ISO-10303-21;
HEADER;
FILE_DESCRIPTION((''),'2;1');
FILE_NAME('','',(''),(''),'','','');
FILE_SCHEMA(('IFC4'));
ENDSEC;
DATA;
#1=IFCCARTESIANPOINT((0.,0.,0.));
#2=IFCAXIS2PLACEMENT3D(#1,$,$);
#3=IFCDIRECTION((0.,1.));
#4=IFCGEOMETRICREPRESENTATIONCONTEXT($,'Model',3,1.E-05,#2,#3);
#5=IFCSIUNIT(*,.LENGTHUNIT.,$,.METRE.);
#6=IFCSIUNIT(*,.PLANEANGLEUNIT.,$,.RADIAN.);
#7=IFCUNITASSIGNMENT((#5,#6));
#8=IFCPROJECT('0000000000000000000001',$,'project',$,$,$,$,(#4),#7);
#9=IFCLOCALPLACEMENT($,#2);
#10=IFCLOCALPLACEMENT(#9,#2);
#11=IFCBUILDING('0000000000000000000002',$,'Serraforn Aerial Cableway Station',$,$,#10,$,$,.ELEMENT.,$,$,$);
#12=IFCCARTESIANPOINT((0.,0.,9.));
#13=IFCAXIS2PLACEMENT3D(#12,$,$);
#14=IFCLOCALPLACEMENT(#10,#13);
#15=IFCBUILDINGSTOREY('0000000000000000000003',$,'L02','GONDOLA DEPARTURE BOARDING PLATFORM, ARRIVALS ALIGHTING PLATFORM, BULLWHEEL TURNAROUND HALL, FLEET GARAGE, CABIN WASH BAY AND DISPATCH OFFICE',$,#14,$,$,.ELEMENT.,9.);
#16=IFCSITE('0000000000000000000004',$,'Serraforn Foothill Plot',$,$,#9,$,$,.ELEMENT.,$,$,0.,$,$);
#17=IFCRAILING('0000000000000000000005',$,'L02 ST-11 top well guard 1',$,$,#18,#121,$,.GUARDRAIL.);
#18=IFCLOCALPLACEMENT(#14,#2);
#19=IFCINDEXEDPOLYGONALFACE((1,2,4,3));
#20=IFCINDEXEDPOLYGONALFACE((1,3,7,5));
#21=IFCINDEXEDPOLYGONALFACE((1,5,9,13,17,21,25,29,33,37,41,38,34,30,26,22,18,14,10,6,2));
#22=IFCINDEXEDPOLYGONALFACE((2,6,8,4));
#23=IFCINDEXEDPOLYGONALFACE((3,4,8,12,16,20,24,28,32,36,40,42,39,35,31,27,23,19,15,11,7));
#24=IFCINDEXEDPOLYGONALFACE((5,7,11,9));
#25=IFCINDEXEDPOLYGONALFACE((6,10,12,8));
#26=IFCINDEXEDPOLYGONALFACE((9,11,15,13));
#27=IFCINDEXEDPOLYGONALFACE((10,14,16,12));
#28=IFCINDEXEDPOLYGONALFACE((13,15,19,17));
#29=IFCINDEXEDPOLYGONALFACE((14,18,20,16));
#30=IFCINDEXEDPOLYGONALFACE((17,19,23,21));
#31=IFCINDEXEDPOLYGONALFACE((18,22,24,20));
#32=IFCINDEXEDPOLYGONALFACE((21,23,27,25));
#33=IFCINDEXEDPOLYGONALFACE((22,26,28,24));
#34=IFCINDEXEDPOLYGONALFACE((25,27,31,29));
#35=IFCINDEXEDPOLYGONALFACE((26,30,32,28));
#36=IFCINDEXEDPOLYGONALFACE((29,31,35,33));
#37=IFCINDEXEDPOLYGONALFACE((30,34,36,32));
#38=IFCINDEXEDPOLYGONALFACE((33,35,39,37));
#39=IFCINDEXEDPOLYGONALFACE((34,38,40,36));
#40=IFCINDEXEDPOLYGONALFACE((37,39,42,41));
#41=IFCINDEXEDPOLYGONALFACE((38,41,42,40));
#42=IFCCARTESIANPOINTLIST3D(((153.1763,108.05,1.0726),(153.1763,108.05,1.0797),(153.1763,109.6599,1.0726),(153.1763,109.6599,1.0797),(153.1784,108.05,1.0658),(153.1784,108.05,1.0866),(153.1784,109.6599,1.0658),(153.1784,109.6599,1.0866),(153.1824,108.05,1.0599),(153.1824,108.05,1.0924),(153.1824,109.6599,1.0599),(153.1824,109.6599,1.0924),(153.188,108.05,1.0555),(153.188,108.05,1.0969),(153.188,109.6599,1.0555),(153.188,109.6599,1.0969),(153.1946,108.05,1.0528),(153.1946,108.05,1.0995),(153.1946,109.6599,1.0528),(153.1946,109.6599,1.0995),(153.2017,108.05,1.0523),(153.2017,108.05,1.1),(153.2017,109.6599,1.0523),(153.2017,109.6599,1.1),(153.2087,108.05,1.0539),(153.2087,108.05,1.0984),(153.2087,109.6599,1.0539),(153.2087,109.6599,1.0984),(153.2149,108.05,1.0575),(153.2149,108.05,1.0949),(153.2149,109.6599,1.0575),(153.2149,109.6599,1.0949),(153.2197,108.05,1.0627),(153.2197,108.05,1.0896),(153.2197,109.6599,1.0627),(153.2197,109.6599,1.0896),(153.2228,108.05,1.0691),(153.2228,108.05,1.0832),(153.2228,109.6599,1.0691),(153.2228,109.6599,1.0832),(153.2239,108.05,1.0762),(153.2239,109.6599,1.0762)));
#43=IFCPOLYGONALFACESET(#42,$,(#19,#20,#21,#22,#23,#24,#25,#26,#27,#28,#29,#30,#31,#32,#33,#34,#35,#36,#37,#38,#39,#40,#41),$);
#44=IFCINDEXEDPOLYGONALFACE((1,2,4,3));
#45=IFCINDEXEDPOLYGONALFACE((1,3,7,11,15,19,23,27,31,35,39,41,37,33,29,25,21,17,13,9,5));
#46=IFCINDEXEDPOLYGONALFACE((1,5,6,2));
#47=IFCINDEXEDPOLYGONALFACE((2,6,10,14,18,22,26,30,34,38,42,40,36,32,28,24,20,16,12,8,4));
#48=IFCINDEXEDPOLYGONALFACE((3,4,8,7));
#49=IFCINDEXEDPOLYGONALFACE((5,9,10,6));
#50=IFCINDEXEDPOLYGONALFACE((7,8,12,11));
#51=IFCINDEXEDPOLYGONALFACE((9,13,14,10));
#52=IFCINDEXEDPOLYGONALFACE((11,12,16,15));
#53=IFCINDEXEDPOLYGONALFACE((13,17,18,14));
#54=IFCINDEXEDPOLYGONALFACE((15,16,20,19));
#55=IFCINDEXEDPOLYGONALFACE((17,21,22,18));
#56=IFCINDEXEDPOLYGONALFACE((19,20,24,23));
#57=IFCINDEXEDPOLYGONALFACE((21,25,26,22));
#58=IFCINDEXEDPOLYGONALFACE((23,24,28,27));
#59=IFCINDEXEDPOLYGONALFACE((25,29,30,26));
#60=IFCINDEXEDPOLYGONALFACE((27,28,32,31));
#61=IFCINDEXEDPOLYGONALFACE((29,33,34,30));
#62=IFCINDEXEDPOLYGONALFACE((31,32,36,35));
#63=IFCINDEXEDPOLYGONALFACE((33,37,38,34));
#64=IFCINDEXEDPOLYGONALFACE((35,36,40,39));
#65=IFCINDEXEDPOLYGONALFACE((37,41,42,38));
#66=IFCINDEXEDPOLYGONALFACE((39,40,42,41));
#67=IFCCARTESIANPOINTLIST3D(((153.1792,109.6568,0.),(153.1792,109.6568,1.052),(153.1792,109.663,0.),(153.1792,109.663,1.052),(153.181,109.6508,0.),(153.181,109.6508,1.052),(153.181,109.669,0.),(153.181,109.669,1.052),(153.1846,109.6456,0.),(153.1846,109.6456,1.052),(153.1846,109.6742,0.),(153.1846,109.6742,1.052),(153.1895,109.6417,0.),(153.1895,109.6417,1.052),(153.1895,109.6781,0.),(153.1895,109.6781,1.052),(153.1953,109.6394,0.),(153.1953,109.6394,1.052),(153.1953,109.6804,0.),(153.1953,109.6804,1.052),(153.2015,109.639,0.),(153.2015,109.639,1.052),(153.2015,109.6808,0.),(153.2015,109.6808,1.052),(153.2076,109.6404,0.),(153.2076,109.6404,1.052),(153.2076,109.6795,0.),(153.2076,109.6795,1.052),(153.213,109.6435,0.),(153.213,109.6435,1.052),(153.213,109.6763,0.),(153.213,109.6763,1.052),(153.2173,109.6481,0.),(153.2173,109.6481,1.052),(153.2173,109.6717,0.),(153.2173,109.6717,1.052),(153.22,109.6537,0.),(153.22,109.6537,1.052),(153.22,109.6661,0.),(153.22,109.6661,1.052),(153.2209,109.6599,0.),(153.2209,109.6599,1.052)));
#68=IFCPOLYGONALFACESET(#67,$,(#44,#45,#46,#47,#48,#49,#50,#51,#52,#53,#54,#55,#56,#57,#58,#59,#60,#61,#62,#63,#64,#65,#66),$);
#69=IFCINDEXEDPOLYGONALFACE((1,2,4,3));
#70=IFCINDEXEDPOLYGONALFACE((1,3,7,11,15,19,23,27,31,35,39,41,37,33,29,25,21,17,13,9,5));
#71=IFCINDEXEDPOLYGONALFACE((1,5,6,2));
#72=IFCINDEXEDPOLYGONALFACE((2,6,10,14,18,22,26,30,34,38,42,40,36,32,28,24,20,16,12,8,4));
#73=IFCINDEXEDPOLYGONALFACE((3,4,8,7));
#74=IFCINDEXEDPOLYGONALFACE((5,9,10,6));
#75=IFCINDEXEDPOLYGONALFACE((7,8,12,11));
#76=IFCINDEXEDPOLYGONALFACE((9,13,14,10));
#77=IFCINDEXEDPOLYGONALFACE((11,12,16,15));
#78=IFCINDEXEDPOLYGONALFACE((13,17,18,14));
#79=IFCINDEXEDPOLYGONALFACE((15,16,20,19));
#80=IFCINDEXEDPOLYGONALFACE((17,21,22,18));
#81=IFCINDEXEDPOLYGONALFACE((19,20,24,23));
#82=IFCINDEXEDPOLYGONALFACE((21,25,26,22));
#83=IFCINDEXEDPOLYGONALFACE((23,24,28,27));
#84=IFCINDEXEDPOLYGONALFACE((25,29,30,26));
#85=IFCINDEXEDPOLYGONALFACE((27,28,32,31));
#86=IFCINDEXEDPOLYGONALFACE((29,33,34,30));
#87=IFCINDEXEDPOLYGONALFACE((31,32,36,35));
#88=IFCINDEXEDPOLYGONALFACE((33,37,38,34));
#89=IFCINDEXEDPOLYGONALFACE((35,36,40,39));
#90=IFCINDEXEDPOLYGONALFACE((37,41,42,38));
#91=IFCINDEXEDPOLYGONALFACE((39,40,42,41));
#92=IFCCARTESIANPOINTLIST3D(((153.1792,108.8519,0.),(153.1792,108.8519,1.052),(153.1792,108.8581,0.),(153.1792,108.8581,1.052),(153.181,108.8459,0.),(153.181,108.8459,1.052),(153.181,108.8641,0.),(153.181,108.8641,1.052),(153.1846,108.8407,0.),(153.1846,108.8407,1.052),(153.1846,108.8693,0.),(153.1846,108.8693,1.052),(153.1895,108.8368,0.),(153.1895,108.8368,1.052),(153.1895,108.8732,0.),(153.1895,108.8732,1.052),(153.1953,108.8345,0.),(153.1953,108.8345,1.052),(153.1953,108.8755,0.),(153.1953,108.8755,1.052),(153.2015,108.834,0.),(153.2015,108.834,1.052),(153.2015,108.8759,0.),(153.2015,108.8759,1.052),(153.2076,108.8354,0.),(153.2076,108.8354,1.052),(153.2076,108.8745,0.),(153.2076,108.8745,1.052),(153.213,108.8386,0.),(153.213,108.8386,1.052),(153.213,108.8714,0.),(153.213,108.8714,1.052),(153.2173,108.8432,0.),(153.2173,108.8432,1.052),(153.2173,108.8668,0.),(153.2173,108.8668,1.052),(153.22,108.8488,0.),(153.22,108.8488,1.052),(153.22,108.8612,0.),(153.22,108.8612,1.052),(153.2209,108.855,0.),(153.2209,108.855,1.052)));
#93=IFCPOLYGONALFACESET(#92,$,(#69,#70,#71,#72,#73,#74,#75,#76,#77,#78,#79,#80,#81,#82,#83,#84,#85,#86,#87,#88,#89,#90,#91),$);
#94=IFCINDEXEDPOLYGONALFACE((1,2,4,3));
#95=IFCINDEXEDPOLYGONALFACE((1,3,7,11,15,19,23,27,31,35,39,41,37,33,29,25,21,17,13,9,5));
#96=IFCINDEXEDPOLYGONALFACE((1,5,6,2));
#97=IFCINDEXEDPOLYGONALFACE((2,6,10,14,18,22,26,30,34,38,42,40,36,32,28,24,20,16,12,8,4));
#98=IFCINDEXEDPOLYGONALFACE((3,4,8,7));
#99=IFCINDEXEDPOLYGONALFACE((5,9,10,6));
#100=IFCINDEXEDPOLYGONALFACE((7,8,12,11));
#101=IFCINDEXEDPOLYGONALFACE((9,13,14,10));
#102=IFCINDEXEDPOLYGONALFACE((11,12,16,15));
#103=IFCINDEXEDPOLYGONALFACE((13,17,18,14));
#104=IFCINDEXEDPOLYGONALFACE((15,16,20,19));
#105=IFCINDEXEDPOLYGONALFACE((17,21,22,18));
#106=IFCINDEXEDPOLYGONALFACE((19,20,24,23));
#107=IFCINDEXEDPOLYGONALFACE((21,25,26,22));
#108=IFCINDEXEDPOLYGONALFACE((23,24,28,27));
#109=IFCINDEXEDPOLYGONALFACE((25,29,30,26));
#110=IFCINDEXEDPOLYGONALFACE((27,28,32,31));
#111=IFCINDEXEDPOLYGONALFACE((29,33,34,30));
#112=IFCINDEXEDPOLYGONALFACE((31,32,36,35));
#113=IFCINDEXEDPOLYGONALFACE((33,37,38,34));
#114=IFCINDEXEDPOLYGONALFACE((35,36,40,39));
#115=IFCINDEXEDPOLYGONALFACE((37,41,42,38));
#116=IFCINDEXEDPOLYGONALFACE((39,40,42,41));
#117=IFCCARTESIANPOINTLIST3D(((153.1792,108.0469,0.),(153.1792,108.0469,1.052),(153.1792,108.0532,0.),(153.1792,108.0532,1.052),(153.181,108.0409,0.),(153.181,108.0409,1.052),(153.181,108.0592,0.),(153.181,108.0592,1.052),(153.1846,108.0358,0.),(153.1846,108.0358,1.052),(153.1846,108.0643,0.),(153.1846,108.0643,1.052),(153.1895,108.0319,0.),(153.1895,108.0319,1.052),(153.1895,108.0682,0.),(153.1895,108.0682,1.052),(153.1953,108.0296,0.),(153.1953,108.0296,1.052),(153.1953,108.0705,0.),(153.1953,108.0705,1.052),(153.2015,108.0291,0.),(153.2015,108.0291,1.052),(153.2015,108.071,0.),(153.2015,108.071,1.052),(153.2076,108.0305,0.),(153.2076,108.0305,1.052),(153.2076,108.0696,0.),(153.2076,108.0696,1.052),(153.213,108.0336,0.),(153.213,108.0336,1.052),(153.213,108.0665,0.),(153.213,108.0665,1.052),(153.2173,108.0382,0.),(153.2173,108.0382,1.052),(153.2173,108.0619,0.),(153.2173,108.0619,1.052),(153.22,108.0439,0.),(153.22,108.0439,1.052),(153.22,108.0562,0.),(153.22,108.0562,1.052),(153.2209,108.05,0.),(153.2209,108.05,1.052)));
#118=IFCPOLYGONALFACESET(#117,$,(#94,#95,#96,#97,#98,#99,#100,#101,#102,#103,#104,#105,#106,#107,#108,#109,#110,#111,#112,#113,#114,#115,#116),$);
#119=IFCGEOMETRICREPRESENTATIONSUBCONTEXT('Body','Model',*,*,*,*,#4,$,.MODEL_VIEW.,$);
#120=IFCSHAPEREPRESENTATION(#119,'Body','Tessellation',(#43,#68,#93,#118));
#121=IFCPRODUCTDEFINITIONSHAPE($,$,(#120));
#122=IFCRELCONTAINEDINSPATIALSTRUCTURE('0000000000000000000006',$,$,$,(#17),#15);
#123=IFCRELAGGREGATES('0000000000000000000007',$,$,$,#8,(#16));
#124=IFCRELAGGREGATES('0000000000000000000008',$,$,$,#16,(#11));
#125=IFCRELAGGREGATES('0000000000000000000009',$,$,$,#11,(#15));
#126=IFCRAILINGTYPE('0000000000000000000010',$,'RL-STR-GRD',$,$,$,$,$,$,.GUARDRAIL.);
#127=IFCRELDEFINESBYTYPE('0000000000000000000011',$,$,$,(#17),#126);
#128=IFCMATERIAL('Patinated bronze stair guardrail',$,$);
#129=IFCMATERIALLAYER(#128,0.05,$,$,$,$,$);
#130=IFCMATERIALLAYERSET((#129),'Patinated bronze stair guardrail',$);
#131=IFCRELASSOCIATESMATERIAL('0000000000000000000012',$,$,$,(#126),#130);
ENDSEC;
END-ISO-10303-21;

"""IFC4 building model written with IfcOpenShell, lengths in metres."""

from ifc_helpers import new_model, si_unit, direction, frame, origin, origin_2d, place, context, subcontext, project, spatial, circle, extrude, material, layer, layer_set, type_object, element, save


model = new_model("IFC4")

# Units and contexts
model_context = context("Model", 3, precision=1e-05, world=origin(), true_north=direction((0.0, 1.0)))
body_context = subcontext(model_context, "Body", "Model", "MODEL_VIEW")
ifc_project = project(units=[si_unit("LENGTHUNIT", "METRE"), si_unit("PLANEANGLEUNIT", "RADIAN")], contexts=[model_context])

# Site, building, storey
site_placement = place(None, origin())
site = spatial("IfcSite", under=ifc_project, at=site_placement, Name="Serraforn Foothill Plot", CompositionType="ELEMENT", RefElevation=0.0)
building_placement = place(site_placement, origin())
building = spatial("IfcBuilding", under=site, at=building_placement, Name="Serraforn Aerial Cableway Station", CompositionType="ELEMENT")
storey_placement = place(building_placement, frame((0.0, 0.0, 9.0)))
storey = spatial("IfcBuildingStorey", under=building, at=storey_placement, Name="L02", Description="GONDOLA DEPARTURE BOARDING PLATFORM, ARRIVALS ALIGHTING PLATFORM, BULLWHEEL TURNAROUND HALL, FLEET GARAGE, CABIN WASH BAY AND DISPATCH OFFICE", CompositionType="ELEMENT", Elevation=9.0)

# Railing
ifc_material_1 = material(Name="Patinated bronze stair guardrail")
ifc_layer_1 = layer(ifc_material_1, 0.05)
ifc_layer_set_1 = layer_set([ifc_layer_1], Name="Patinated bronze stair guardrail")
railing_type = type_object("IfcRailingType", Name="RL-STR-GRD", PredefinedType="GUARDRAIL", material=ifc_layer_set_1)
railing_placement = place(storey_placement, frame((153.2, 109.6599, 0.0)))
element("IfcRailing", 1, at=railing_placement, inside=storey, type_object=railing_type, Name="L02 ST-11 top well guard 1", PredefinedType="GUARDRAIL", context=body_context, shape_type="SweptSolid", body=[
    extrude(circle(Radius=0.0239, at=origin_2d()), frame((0.0, 0.0, 1.0762), z_axis=(0.0, -1.0, 0.0), x_axis=(1.0, 0.0, 0.0)), (0.0, 0.0, 1.0), 1.6099),
    extrude(circle(Radius=0.021, at=origin_2d()), origin(), (0.0, 0.0, 1.0), 1.052),
    extrude(circle(Radius=0.021, at=origin_2d()), frame((0.0, -0.8049, 0.0)), (0.0, 0.0, 1.0), 1.052),
    extrude(circle(Radius=0.021, at=origin_2d()), frame((0.0, -1.6099, 0.0)), (0.0, 0.0, 1.0), 1.052),
])

save(model, "model.ifc")
